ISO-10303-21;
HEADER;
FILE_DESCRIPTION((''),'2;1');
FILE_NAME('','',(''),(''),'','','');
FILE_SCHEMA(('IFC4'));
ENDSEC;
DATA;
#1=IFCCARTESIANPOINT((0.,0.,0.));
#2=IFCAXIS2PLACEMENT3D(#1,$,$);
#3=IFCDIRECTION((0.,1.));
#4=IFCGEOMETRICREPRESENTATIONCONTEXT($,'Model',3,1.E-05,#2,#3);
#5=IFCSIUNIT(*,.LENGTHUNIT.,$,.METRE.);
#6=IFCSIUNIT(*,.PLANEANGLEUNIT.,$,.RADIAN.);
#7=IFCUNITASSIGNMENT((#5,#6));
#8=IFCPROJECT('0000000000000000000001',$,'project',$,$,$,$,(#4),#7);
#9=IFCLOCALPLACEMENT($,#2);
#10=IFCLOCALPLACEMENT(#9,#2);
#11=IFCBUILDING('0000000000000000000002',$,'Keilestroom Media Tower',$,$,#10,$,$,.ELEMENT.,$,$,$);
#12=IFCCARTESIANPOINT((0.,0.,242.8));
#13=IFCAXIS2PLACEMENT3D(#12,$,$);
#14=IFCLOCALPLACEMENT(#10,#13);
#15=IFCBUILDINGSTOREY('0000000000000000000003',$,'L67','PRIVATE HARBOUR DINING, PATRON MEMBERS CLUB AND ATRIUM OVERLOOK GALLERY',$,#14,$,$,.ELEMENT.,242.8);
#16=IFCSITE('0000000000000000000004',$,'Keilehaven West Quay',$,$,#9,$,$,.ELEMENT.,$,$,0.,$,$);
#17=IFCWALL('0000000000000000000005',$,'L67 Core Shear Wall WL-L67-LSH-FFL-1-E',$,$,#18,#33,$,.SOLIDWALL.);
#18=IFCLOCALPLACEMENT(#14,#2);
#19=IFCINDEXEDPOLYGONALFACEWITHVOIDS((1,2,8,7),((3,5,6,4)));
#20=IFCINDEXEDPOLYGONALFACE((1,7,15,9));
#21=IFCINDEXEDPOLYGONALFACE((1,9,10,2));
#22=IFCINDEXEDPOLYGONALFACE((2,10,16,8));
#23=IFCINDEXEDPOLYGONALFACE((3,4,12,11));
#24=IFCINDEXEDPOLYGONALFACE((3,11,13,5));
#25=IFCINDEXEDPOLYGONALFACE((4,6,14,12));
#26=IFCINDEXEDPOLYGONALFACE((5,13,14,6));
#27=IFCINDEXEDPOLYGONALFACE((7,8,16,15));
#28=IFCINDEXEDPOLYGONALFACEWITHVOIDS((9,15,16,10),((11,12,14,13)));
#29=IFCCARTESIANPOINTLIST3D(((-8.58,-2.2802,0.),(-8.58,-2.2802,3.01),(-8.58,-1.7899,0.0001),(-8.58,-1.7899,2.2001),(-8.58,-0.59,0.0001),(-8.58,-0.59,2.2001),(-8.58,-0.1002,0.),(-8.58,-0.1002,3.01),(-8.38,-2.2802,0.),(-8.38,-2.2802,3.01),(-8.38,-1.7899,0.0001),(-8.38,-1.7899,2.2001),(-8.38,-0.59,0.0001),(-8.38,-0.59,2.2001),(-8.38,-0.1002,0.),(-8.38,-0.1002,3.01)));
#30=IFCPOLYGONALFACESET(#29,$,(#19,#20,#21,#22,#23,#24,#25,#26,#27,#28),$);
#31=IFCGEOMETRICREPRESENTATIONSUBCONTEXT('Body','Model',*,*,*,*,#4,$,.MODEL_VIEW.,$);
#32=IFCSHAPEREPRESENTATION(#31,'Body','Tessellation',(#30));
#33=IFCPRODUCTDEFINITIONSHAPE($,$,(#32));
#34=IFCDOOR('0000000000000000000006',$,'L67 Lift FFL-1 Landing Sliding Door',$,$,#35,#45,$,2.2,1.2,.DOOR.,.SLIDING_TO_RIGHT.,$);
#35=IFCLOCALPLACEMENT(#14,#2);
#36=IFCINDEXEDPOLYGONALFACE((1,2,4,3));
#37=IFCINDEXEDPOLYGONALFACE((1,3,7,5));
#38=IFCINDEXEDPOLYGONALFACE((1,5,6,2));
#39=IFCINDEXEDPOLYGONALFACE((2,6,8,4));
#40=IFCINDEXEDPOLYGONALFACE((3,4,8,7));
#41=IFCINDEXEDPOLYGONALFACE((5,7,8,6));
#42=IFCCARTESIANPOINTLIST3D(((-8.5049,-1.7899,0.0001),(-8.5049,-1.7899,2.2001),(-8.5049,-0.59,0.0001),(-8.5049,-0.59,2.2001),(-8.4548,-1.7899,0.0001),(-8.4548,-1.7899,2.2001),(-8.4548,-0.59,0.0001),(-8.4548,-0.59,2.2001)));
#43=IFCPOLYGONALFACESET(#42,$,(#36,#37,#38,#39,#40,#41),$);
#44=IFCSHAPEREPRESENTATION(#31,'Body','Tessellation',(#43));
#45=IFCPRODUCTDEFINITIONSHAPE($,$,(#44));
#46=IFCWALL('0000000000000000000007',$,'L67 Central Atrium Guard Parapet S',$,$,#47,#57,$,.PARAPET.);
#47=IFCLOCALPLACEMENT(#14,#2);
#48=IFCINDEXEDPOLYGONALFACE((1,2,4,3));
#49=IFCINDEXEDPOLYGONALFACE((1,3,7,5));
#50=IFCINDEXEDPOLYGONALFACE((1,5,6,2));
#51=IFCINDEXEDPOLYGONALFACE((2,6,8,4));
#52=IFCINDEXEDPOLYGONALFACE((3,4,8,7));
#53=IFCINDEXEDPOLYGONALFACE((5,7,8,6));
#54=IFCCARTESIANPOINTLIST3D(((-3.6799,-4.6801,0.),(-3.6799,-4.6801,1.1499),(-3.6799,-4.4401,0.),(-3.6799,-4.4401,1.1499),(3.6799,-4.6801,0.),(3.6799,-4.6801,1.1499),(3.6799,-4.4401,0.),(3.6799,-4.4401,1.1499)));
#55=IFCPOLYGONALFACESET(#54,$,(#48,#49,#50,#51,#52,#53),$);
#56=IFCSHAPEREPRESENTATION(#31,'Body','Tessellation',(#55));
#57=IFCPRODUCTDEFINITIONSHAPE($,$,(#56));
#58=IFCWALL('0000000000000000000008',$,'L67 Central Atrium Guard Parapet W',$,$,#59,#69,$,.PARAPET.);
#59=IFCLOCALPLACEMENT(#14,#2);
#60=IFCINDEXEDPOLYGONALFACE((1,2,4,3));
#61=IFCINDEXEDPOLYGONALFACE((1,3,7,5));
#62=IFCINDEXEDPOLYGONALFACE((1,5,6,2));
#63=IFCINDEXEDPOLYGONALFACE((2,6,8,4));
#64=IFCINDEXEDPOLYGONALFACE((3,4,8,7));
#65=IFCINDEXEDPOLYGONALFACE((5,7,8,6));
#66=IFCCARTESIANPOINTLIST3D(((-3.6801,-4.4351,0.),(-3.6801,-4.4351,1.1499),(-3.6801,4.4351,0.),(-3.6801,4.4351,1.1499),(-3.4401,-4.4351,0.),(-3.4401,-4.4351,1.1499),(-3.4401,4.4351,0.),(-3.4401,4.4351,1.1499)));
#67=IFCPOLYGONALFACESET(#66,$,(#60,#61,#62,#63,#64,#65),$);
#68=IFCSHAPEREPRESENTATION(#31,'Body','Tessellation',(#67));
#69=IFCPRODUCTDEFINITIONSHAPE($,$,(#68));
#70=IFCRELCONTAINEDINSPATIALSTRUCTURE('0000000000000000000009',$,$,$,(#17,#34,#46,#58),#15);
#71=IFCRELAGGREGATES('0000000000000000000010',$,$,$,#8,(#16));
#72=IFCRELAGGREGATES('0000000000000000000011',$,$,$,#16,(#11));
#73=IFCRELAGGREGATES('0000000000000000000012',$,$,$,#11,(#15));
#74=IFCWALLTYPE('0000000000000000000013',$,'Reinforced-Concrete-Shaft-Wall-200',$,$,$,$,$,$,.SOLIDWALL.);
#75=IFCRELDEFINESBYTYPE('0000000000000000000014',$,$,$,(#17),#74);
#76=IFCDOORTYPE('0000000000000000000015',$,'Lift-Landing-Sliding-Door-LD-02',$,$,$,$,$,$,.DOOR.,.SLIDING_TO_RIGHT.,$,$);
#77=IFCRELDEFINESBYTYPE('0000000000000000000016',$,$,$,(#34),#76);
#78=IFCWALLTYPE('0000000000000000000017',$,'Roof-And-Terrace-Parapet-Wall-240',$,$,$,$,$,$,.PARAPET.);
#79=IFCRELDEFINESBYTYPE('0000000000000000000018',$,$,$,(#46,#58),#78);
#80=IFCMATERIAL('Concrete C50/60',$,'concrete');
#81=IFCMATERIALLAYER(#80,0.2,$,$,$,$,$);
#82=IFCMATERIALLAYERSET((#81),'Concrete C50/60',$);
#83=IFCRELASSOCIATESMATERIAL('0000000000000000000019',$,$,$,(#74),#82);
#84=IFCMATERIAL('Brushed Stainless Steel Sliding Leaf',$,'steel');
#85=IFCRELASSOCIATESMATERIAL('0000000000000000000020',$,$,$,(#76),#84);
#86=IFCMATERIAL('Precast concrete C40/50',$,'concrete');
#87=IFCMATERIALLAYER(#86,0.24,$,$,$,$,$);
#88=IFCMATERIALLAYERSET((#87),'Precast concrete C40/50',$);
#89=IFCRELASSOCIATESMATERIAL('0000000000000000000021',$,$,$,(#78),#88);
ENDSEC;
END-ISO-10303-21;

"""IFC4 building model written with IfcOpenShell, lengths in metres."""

from ifc_helpers import new_model, si_unit, direction, frame, frame_2d, origin, place, context, subcontext, project, spatial, rectangle, extrude, source, transform, mapped, material, layer, layer_set, type_object, element, fill, save


model = new_model("IFC4")

# Units and contexts
model_context = context("Model", 3, precision=1e-05, world=origin(), true_north=direction((0.0, 1.0)))
body_context = subcontext(model_context, "Body", "Model", "MODEL_VIEW")
ifc_project = project(units=[si_unit("LENGTHUNIT", "METRE"), si_unit("PLANEANGLEUNIT", "RADIAN")], contexts=[model_context])

# Site, building, storey
site_placement = place(None, origin())
site = spatial("IfcSite", under=ifc_project, at=site_placement, Name="Keilehaven West Quay", CompositionType="ELEMENT", RefElevation=0.0)
building_placement = place(site_placement, origin())
building = spatial("IfcBuilding", under=site, at=building_placement, Name="Keilestroom Media Tower", CompositionType="ELEMENT")
storey_placement = place(building_placement, frame((0.0, 0.0, 242.8)))
storey = spatial("IfcBuildingStorey", under=building, at=storey_placement, Name="L67", Description="PRIVATE HARBOUR DINING, PATRON MEMBERS CLUB AND ATRIUM OVERLOOK GALLERY", CompositionType="ELEMENT", Elevation=242.8)

# Shared definitions
ifc_material_1 = material(Name="Concrete C50/60", Category="concrete")

# Shared definitions
shared_shape_1 = source(origin(), body_context, "Body", "SweptSolid", [
    extrude(rectangle(XDim=1.2, YDim=2.2, at=frame_2d((0.6001, 1.1001))), frame((0.0, 0.0249, 0.0), z_axis=(0.0, -1.0, 0.0), x_axis=(1.0, 0.0, 0.0)), (0.0, 0.0, 1.0), 0.05),
])

# Shared definitions
ifc_layer_1 = layer(ifc_material_1, 0.2)
ifc_layer_set_1 = layer_set([ifc_layer_1], Name="Concrete C50/60")
wall_type_1 = type_object("IfcWallType", Name="Reinforced-Concrete-Shaft-Wall-200", PredefinedType="SOLIDWALL", material=ifc_layer_set_1)

# Wall, opening, door
wall_1_placement = place(storey_placement, frame((-8.48, -2.28, 0.0), z_axis=(0.0, 0.0, 1.0), x_axis=(0.0, 1.0, 0.0)))
wall_1 = element("IfcWall", 1, at=wall_1_placement, inside=storey, type_object=wall_type_1, Name="L67 Core Shear Wall WL-L67-LSH-FFL-1-E", PredefinedType="SOLIDWALL", context=body_context, shape_type="SweptSolid", body=[
    extrude(rectangle(XDim=2.1799, YDim=0.2, at=frame_2d((1.0898, 0.0))), origin(), (0.0, 0.0, 1.0), 3.01),
])
opening_1_placement = place(wall_1_placement, frame((0.49, 0.0, 0.0)))
opening_1 = element("IfcOpeningElement", 2, at=opening_1_placement, cuts=wall_1, PredefinedType="OPENING", context=body_context, shape_type="SweptSolid", body=[
    extrude(rectangle(XDim=1.2, YDim=2.2, at=frame_2d((0.6001, 1.1001))), frame((0.0, 0.1099, 0.0), z_axis=(0.0, -1.0, 0.0), x_axis=(1.0, 0.0, 0.0)), (0.0, 0.0, 1.0), 0.22),
])
ifc_material_2 = material(Name="Brushed Stainless Steel Sliding Leaf", Category="steel")
door_type_1 = type_object("IfcDoorType", Name="Lift-Landing-Sliding-Door-LD-02", OperationType="SLIDING_TO_RIGHT", PredefinedType="DOOR", material=ifc_material_2)
door_1_placement = place(opening_1_placement, origin())
door_1 = element("IfcDoor", 3, at=door_1_placement, inside=storey, type_object=door_type_1, Name="L67 Lift FFL-1 Landing Sliding Door", OperationType="SLIDING_TO_RIGHT", OverallHeight=2.2, OverallWidth=1.2, PredefinedType="DOOR", context=body_context, shape_type="MappedRepresentation", body=[
    mapped(shared_shape_1, transform((0.0, 0.0, 0.0), x_axis=(1.0, 0.0, 0.0), y_axis=(0.0, 1.0, 0.0), z_axis=(0.0, 0.0, 1.0), scale=1.0)),
])
fill(opening_1, door_1)

# Walls
ifc_material_3 = material(Name="Precast concrete C40/50", Category="concrete")
ifc_layer_2 = layer(ifc_material_3, 0.24)
ifc_layer_set_2 = layer_set([ifc_layer_2], Name="Precast concrete C40/50")
wall_type_2 = type_object("IfcWallType", Name="Roof-And-Terrace-Parapet-Wall-240", PredefinedType="PARAPET", material=ifc_layer_set_2)
wall_2_placement = place(storey_placement, frame((-3.6799, -4.5601, 0.0), z_axis=(0.0, 0.0, 1.0), x_axis=(1.0, 0.0, 0.0)))
element("IfcWall", 4, at=wall_2_placement, inside=storey, type_object=wall_type_2, Name="L67 Central Atrium Guard Parapet S", PredefinedType="PARAPET", context=body_context, shape_type="SweptSolid", body=[
    extrude(rectangle(XDim=7.3599, YDim=0.24, at=frame_2d((3.6799, 0.0))), origin(), (0.0, 0.0, 1.0), 1.1499),
])
wall_3_placement = place(storey_placement, frame((-3.5601, -4.4351, 0.0), z_axis=(0.0, 0.0, 1.0), x_axis=(0.0, 1.0, 0.0)))
element("IfcWall", 5, at=wall_3_placement, inside=storey, type_object=wall_type_2, Name="L67 Central Atrium Guard Parapet W", PredefinedType="PARAPET", context=body_context, shape_type="SweptSolid", body=[
    extrude(rectangle(XDim=8.8701, YDim=0.24, at=frame_2d((4.4351, 0.0))), origin(), (0.0, 0.0, 1.0), 1.1499),
])

save(model, "model.ifc")
